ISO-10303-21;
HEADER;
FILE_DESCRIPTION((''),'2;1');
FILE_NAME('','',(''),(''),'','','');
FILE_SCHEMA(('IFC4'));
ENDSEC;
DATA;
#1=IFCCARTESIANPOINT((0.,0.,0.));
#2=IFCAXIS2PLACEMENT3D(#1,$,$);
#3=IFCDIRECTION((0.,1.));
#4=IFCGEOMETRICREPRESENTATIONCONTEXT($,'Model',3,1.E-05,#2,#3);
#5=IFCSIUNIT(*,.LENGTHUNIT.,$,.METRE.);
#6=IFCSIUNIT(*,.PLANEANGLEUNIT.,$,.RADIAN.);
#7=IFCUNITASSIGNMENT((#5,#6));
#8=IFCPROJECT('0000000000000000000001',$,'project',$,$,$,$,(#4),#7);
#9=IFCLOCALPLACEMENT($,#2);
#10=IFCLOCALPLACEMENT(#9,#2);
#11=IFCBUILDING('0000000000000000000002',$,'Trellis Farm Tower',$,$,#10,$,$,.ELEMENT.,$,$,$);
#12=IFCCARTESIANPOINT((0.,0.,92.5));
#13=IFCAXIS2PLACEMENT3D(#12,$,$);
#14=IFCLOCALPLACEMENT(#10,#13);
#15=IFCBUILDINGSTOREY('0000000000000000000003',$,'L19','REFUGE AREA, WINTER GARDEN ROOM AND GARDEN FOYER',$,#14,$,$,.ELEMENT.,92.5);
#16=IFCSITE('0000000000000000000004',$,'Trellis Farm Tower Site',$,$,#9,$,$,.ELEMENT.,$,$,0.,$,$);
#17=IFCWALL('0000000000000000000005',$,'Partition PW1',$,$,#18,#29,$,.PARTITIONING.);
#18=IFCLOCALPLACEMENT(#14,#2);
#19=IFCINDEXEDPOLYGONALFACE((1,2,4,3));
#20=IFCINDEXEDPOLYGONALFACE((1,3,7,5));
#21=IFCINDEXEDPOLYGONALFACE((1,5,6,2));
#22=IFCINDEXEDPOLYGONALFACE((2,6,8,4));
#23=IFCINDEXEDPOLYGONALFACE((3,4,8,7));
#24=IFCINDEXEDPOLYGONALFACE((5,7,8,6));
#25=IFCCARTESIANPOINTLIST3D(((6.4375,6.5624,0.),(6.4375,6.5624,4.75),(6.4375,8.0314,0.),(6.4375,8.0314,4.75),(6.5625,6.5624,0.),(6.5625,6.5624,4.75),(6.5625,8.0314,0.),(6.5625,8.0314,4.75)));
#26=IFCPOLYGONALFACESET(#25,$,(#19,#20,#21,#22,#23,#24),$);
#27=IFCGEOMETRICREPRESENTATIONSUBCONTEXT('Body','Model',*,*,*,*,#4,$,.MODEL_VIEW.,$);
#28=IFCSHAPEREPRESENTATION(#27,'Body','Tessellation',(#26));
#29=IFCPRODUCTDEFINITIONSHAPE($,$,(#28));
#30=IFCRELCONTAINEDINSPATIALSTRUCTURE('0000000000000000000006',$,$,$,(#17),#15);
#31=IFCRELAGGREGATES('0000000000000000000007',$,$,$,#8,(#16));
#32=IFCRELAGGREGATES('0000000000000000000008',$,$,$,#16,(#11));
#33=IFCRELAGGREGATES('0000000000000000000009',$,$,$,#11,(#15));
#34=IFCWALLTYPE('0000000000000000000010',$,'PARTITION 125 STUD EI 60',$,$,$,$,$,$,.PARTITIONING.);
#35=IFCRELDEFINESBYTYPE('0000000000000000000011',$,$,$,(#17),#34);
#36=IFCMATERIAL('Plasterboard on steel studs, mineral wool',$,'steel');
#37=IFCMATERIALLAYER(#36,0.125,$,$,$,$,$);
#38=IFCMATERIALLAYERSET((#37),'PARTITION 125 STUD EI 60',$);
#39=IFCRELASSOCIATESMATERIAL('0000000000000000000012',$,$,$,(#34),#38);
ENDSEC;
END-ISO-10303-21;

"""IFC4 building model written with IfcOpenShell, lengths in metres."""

from ifc_helpers import new_model, si_unit, direction, frame, frame_2d, origin, place, context, subcontext, project, spatial, rectangle, extrude, source, transform, mapped, material, layer, layer_set, type_object, element, save


model = new_model("IFC4")

# Units and contexts
model_context = context("Model", 3, precision=1e-05, world=origin(), true_north=direction((0.0, 1.0)))
body_context = subcontext(model_context, "Body", "Model", "MODEL_VIEW")
ifc_project = project(units=[si_unit("LENGTHUNIT", "METRE"), si_unit("PLANEANGLEUNIT", "RADIAN")], contexts=[model_context])

# Site, building, storey
site_placement = place(None, origin())
site = spatial("IfcSite", under=ifc_project, at=site_placement, Name="Trellis Farm Tower Site", CompositionType="ELEMENT", RefElevation=0.0)
building_placement = place(site_placement, origin())
building = spatial("IfcBuilding", under=site, at=building_placement, Name="Trellis Farm Tower", CompositionType="ELEMENT")
storey_placement = place(building_placement, frame((0.0, 0.0, 92.5)))
storey = spatial("IfcBuildingStorey", under=building, at=storey_placement, Name="L19", Description="REFUGE AREA, WINTER GARDEN ROOM AND GARDEN FOYER", CompositionType="ELEMENT", Elevation=92.5)

# Wall
ifc_material_1 = material(Name="Plasterboard on steel studs, mineral wool", Category="steel")
ifc_layer_1 = layer(ifc_material_1, 0.125)
ifc_layer_set_1 = layer_set([ifc_layer_1], Name="PARTITION 125 STUD EI 60")
wall_type_1 = type_object("IfcWallType", Name="PARTITION 125 STUD EI 60", PredefinedType="PARTITIONING", material=ifc_layer_set_1)
shared_shape_1 = source(origin(), body_context, "Body", "SweptSolid", [
    extrude(rectangle(XDim=1.469, YDim=0.125, at=frame_2d((0.7344, 0.0))), origin(), (0.0, 0.0, 1.0), 4.75),
])
wall_1_placement = place(storey_placement, frame((6.5, 6.5625, 0.0), z_axis=(0.0, 0.0, 1.0), x_axis=(0.0, 1.0, 0.0)))
element("IfcWall", 1, at=wall_1_placement, inside=storey, type_object=wall_type_1, Name="Partition PW1", PredefinedType="PARTITIONING", context=body_context, shape_type="MappedRepresentation", body=[
    mapped(shared_shape_1, transform((0.0, 0.0, 0.0))),
])

save(model, "model.ifc")
